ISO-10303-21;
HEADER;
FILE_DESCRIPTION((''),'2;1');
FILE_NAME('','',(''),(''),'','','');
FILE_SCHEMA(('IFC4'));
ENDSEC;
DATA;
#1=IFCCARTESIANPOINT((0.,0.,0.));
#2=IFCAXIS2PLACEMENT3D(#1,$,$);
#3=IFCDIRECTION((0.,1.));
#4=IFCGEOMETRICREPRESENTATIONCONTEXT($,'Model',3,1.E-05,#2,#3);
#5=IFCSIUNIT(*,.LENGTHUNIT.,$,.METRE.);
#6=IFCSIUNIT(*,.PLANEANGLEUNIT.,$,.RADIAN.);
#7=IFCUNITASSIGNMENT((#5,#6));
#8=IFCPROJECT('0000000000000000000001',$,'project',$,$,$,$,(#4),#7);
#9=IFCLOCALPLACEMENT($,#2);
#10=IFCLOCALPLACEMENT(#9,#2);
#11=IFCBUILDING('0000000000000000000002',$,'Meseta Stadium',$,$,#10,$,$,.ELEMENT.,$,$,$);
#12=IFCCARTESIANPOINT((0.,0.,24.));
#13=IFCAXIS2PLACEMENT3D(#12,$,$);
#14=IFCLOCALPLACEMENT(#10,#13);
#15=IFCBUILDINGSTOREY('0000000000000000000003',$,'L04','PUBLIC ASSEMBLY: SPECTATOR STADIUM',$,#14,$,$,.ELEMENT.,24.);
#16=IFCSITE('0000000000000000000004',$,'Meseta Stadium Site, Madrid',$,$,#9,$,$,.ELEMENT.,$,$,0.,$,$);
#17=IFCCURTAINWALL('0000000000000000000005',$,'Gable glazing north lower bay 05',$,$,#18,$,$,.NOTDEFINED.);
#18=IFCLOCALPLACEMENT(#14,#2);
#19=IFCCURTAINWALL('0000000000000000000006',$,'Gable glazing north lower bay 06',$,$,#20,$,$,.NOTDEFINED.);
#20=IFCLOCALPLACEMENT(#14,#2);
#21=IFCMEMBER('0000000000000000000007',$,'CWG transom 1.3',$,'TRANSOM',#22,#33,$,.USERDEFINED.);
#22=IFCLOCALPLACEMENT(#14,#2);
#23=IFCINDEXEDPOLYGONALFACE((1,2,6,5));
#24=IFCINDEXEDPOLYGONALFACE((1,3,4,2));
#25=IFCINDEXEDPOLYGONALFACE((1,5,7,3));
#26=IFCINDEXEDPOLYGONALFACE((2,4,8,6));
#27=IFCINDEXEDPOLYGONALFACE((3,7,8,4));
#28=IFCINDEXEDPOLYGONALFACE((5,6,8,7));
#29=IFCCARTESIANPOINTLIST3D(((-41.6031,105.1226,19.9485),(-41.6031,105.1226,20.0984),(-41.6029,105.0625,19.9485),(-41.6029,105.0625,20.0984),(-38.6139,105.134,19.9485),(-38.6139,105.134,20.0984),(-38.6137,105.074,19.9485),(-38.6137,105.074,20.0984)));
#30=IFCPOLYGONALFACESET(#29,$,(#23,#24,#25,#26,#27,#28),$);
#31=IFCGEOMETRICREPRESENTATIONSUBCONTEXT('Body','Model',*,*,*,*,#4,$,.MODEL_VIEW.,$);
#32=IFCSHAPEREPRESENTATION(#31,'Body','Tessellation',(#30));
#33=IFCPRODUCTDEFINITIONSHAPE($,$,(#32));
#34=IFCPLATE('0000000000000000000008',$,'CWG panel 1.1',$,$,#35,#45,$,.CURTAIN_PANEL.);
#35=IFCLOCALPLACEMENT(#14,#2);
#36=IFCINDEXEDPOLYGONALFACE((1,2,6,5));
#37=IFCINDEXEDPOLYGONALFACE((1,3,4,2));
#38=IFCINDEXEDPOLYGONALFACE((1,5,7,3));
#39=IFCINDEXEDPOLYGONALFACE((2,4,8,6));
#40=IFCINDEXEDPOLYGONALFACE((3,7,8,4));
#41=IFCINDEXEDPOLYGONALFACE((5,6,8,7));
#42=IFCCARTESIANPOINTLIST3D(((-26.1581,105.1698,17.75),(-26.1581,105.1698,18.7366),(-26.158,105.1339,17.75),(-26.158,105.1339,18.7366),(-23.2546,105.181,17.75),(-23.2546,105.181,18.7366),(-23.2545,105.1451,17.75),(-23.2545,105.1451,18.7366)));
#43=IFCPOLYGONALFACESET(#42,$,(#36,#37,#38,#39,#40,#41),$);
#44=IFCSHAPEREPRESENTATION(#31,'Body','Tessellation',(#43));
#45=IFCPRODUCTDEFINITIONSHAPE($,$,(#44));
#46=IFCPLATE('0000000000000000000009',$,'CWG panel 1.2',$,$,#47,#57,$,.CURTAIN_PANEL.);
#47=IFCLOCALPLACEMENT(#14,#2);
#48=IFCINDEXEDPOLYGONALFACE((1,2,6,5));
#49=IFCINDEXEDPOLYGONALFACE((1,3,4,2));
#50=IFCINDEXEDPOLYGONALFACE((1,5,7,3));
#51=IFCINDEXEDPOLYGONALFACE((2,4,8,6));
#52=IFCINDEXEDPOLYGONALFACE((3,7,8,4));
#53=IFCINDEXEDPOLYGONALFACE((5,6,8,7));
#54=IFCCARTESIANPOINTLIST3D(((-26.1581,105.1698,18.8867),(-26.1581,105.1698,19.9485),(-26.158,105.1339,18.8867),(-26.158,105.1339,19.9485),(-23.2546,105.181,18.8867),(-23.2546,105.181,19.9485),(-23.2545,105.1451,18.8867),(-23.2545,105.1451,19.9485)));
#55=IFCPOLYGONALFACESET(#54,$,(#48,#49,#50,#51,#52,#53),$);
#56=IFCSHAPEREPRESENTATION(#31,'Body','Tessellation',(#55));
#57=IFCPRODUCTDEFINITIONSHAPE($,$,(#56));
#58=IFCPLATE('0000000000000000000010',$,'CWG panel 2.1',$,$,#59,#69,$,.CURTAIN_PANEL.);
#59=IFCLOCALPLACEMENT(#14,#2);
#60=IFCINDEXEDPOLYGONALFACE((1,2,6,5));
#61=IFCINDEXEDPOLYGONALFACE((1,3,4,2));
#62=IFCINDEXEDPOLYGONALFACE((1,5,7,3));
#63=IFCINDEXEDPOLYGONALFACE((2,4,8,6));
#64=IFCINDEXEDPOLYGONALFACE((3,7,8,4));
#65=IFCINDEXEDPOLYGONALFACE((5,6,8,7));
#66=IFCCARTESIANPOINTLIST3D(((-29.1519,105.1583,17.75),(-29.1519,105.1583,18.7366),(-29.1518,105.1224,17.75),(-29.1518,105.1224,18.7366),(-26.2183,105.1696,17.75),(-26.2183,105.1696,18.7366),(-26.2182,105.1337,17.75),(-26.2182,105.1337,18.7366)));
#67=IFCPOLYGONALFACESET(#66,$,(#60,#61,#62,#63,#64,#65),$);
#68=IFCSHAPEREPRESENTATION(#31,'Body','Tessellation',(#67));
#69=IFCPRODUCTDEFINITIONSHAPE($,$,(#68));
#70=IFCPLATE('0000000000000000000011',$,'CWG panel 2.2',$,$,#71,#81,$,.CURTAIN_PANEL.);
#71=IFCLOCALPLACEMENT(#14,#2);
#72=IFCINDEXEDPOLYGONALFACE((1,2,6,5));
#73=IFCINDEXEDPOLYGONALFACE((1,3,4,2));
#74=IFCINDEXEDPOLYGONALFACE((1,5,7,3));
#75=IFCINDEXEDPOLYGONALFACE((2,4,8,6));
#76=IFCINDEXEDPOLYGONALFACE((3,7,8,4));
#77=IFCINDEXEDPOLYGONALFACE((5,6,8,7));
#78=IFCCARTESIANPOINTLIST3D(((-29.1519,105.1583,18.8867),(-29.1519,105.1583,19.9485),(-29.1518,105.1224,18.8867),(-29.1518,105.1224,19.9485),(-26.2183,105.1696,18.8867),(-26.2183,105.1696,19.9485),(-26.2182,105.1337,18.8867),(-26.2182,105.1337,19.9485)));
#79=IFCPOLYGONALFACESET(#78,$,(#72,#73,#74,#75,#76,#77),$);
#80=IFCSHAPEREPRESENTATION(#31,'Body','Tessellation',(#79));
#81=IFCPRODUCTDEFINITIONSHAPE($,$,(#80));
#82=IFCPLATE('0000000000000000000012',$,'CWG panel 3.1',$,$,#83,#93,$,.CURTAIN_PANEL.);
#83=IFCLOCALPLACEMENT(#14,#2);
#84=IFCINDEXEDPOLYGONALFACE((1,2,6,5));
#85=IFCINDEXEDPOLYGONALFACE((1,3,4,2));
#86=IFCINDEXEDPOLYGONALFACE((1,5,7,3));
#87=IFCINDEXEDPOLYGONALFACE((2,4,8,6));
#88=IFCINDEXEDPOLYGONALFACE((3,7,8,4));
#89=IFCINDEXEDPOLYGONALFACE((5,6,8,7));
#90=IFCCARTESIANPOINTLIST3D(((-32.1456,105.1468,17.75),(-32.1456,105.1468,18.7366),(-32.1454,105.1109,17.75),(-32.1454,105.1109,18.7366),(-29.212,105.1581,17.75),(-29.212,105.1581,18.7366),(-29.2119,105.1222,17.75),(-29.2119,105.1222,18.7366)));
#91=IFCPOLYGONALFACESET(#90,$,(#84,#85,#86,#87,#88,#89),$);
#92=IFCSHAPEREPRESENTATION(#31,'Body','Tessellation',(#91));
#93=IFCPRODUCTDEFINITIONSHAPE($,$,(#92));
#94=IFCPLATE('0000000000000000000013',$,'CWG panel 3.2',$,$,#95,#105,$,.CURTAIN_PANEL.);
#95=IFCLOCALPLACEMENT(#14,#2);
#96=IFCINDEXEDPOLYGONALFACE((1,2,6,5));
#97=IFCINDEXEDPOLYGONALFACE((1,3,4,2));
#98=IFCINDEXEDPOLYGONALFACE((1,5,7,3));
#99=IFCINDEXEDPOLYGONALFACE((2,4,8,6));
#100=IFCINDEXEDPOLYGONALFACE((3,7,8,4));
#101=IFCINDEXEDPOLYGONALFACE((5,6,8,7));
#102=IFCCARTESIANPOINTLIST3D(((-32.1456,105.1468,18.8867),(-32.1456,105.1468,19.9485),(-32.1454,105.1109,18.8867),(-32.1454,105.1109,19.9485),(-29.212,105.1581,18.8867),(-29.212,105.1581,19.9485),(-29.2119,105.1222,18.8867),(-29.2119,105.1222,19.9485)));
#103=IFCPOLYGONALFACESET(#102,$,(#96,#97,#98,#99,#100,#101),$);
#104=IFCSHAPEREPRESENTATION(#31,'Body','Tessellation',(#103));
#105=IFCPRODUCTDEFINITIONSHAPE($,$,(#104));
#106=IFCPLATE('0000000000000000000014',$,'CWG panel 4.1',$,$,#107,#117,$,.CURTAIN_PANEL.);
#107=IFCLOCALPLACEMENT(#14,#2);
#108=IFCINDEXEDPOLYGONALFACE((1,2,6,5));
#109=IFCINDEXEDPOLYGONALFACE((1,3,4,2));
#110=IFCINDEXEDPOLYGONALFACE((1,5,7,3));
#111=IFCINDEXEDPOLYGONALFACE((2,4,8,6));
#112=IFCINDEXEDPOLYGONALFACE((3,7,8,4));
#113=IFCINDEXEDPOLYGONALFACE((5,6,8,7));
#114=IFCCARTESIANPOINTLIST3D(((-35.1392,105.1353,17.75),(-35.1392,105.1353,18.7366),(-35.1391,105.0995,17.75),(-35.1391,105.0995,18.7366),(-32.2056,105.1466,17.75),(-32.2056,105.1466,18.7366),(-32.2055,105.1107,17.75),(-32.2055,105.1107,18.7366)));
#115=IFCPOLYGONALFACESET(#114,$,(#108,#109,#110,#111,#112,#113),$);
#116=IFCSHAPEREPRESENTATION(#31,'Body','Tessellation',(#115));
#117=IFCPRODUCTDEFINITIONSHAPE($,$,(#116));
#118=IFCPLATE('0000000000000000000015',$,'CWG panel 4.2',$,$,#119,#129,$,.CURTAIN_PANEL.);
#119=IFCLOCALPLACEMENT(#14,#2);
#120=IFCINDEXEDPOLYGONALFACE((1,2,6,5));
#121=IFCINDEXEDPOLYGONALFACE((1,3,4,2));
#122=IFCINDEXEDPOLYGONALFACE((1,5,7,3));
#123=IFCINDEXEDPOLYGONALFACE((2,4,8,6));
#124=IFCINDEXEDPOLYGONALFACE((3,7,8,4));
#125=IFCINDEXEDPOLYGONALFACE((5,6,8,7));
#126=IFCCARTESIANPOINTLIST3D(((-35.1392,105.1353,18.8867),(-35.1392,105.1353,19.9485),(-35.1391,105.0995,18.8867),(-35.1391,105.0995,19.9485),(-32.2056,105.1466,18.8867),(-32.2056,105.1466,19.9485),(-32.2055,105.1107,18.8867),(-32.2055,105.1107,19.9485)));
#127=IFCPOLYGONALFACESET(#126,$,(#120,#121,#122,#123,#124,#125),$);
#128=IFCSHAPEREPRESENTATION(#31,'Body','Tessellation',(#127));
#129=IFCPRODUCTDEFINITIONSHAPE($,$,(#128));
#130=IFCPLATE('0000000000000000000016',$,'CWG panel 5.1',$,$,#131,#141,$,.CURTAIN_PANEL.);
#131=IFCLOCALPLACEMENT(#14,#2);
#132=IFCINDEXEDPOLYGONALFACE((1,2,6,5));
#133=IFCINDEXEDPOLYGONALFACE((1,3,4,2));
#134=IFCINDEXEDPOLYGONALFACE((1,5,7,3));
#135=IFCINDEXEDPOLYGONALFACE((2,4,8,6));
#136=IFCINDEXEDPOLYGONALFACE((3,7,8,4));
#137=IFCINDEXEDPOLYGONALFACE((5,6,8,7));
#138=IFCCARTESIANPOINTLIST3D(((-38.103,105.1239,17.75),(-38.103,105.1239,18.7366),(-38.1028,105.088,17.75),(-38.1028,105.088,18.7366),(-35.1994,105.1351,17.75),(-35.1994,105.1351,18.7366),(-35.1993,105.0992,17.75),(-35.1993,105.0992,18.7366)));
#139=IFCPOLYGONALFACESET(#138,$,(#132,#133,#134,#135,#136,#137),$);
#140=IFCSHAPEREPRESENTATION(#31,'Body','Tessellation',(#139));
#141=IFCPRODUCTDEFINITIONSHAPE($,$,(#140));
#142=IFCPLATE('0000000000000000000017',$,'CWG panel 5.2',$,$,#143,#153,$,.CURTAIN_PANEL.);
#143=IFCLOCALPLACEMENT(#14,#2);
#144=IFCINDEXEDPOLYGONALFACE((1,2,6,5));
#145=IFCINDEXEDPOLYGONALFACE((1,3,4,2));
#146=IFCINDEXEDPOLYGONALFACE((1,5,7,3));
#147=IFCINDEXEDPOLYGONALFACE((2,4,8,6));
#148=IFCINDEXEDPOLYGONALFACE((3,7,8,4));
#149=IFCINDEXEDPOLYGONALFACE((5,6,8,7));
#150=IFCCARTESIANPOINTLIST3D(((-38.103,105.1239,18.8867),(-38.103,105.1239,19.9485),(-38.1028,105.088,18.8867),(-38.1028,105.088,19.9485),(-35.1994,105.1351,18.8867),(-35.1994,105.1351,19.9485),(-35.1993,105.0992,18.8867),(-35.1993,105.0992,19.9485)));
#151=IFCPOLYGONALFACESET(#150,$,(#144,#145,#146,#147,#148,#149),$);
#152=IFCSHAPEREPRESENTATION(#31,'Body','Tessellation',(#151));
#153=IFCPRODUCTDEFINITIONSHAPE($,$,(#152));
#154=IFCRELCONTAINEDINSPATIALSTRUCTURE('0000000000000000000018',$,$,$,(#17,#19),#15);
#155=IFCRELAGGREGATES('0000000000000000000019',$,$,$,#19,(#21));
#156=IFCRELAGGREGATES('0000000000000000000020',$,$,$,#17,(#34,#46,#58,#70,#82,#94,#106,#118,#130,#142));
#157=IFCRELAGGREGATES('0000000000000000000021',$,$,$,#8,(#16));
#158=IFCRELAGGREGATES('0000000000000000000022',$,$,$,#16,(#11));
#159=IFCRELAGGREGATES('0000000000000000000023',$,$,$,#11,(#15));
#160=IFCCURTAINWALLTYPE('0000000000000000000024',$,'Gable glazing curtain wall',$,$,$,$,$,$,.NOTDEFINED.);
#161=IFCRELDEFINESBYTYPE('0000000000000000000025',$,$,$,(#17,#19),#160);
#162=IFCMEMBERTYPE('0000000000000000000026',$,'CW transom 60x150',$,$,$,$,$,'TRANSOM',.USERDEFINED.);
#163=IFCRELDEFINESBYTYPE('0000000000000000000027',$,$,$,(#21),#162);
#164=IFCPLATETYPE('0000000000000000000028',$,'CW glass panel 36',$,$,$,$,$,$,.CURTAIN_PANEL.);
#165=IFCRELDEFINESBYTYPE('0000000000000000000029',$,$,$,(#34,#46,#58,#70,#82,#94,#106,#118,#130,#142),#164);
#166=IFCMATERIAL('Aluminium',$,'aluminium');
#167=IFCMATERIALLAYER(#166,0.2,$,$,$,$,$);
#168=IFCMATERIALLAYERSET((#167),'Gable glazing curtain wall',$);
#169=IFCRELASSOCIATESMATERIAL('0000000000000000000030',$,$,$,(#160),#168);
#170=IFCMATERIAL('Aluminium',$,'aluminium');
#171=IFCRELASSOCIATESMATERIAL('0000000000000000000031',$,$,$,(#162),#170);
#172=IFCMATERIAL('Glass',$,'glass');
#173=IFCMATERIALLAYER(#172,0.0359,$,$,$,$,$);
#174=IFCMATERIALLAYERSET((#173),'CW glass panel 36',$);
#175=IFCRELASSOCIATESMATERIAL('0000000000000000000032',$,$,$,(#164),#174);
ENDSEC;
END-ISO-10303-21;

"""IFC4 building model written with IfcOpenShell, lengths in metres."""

from ifc_helpers import new_model, si_unit, direction, frame, origin, origin_2d, place, context, subcontext, project, spatial, rectangle, extrude, material, layer, layer_set, material_profile, profile_set, type_object, element, aggregate, save


model = new_model("IFC4")

# Units and contexts
model_context = context("Model", 3, precision=1e-05, world=origin(), true_north=direction((0.0, 1.0)))
body_context = subcontext(model_context, "Body", "Model", "MODEL_VIEW")
ifc_project = project(units=[si_unit("LENGTHUNIT", "METRE"), si_unit("PLANEANGLEUNIT", "RADIAN")], contexts=[model_context])

# Site, building, storey
site_placement = place(None, origin())
site = spatial("IfcSite", under=ifc_project, at=site_placement, Name="Meseta Stadium Site, Madrid", CompositionType="ELEMENT", RefElevation=0.0)
building_placement = place(site_placement, origin())
building = spatial("IfcBuilding", under=site, at=building_placement, Name="Meseta Stadium", CompositionType="ELEMENT")
storey_placement = place(building_placement, frame((0.0, 0.0, 24.0)))
storey = spatial("IfcBuildingStorey", under=building, at=storey_placement, Name="L04", Description="PUBLIC ASSEMBLY: SPECTATOR STADIUM", CompositionType="ELEMENT", Elevation=24.0)

# Curtain walls, member
ifc_material_1 = material(Name="Aluminium", Category="aluminium")
ifc_layer_1 = layer(ifc_material_1, 0.2)
ifc_layer_set_1 = layer_set([ifc_layer_1], Name="Gable glazing curtain wall")
curtain_wall_type = type_object("IfcCurtainWallType", Name="Gable glazing curtain wall", PredefinedType="NOTDEFINED", material=ifc_layer_set_1)
curtain_wall_1_placement = place(storey_placement, origin())
curtain_wall_1 = element("IfcCurtainWall", 1, at=curtain_wall_1_placement, inside=storey, type_object=curtain_wall_type, Name="Gable glazing north lower bay 05", PredefinedType="NOTDEFINED")
ifc_material_2 = material(Name="Aluminium", Category="aluminium")
ifc_material_profile = material_profile(ifc_material_2, rectangle(XDim=0.0601, YDim=0.1499, at=origin_2d()), Name="CW 60x150")
ifc_profile_set = profile_set([ifc_material_profile], Name="Aluminium")
member_type = type_object("IfcMemberType", Name="CW transom 60x150", ElementType="TRANSOM", PredefinedType="USERDEFINED", material=ifc_profile_set)
curtain_wall_2_placement = place(storey_placement, origin())
curtain_wall_2 = element("IfcCurtainWall", 2, at=curtain_wall_2_placement, inside=storey, type_object=curtain_wall_type, Name="Gable glazing north lower bay 06", PredefinedType="NOTDEFINED")
member_1_placement = place(storey_placement, frame((-38.6138, 105.104, 20.0234), z_axis=(-0.999993, -0.003839, 0.0), x_axis=(0.003839, -0.999993, 0.0)))
member_1 = element("IfcMember", 3, at=member_1_placement, type_object=member_type, Name="CWG transom 1.3", ObjectType="TRANSOM", PredefinedType="USERDEFINED", context=body_context, shape_type="SweptSolid", body=[
    extrude(rectangle(XDim=0.0601, YDim=0.1499, at=origin_2d()), origin(), (0.0, 0.0, 1.0), 2.9893),
])
aggregate(curtain_wall_2, [member_1])

# Plates
ifc_material_3 = material(Name="Glass", Category="glass")
ifc_layer_2 = layer(ifc_material_3, 0.0359)
ifc_layer_set_2 = layer_set([ifc_layer_2], Name="CW glass panel 36")
plate_type = type_object("IfcPlateType", Name="CW glass panel 36", PredefinedType="CURTAIN_PANEL", material=ifc_layer_set_2)
plate_1_placement = place(storey_placement, frame((-24.7063, 105.1575, 17.75), z_axis=(0.0, 0.0, 1.0), x_axis=(-0.999993, -0.003848, 0.0)))
plate_1 = element("IfcPlate", 4, at=plate_1_placement, type_object=plate_type, Name="CWG panel 1.1", PredefinedType="CURTAIN_PANEL", context=body_context, shape_type="SweptSolid", body=[
    extrude(rectangle(XDim=2.9036, YDim=0.0359, at=origin_2d()), origin(), (0.0, 0.0, 1.0), 0.9866),
])
plate_2_placement = place(storey_placement, frame((-24.7063, 105.1575, 18.8867), z_axis=(0.0, 0.0, 1.0), x_axis=(-0.999993, -0.003848, 0.0)))
plate_2 = element("IfcPlate", 5, at=plate_2_placement, type_object=plate_type, Name="CWG panel 1.2", PredefinedType="CURTAIN_PANEL", context=body_context, shape_type="SweptSolid", body=[
    extrude(rectangle(XDim=2.9036, YDim=0.0359, at=origin_2d()), origin(), (0.0, 0.0, 1.0), 1.0618),
])
plate_3_placement = place(storey_placement, frame((-27.6851, 105.146, 17.75), z_axis=(0.0, 0.0, 1.0), x_axis=(-0.999993, -0.003848, 0.0)))
plate_3 = element("IfcPlate", 6, at=plate_3_placement, type_object=plate_type, Name="CWG panel 2.1", PredefinedType="CURTAIN_PANEL", context=body_context, shape_type="SweptSolid", body=[
    extrude(rectangle(XDim=2.9336, YDim=0.0359, at=origin_2d()), origin(), (0.0, 0.0, 1.0), 0.9866),
])
plate_4_placement = place(storey_placement, frame((-27.6851, 105.146, 18.8867), z_axis=(0.0, 0.0, 1.0), x_axis=(-0.999993, -0.003848, 0.0)))
plate_4 = element("IfcPlate", 7, at=plate_4_placement, type_object=plate_type, Name="CWG panel 2.2", PredefinedType="CURTAIN_PANEL", context=body_context, shape_type="SweptSolid", body=[
    extrude(rectangle(XDim=2.9336, YDim=0.0359, at=origin_2d()), origin(), (0.0, 0.0, 1.0), 1.0618),
])
plate_5_placement = place(storey_placement, frame((-30.6787, 105.1345, 17.75), z_axis=(0.0, 0.0, 1.0), x_axis=(-0.999993, -0.003848, 0.0)))
plate_5 = element("IfcPlate", 8, at=plate_5_placement, type_object=plate_type, Name="CWG panel 3.1", PredefinedType="CURTAIN_PANEL", context=body_context, shape_type="SweptSolid", body=[
    extrude(rectangle(XDim=2.9336, YDim=0.0359, at=origin_2d()), origin(), (0.0, 0.0, 1.0), 0.9866),
])
plate_6_placement = place(storey_placement, frame((-30.6787, 105.1345, 18.8867), z_axis=(0.0, 0.0, 1.0), x_axis=(-0.999993, -0.003848, 0.0)))
plate_6 = element("IfcPlate", 9, at=plate_6_placement, type_object=plate_type, Name="CWG panel 3.2", PredefinedType="CURTAIN_PANEL", context=body_context, shape_type="SweptSolid", body=[
    extrude(rectangle(XDim=2.9336, YDim=0.0359, at=origin_2d()), origin(), (0.0, 0.0, 1.0), 1.0618),
])
plate_7_placement = place(storey_placement, frame((-33.6724, 105.123, 17.75), z_axis=(0.0, 0.0, 1.0), x_axis=(-0.999993, -0.003848, 0.0)))
plate_7 = element("IfcPlate", 10, at=plate_7_placement, type_object=plate_type, Name="CWG panel 4.1", PredefinedType="CURTAIN_PANEL", context=body_context, shape_type="SweptSolid", body=[
    extrude(rectangle(XDim=2.9336, YDim=0.0359, at=origin_2d()), origin(), (0.0, 0.0, 1.0), 0.9866),
])
plate_8_placement = place(storey_placement, frame((-33.6724, 105.123, 18.8867), z_axis=(0.0, 0.0, 1.0), x_axis=(-0.999993, -0.003848, 0.0)))
plate_8 = element("IfcPlate", 11, at=plate_8_placement, type_object=plate_type, Name="CWG panel 4.2", PredefinedType="CURTAIN_PANEL", context=body_context, shape_type="SweptSolid", body=[
    extrude(rectangle(XDim=2.9336, YDim=0.0359, at=origin_2d()), origin(), (0.0, 0.0, 1.0), 1.0618),
])
plate_9_placement = place(storey_placement, frame((-36.6511, 105.1116, 17.75), z_axis=(0.0, 0.0, 1.0), x_axis=(-0.999993, -0.003848, 0.0)))
plate_9 = element("IfcPlate", 12, at=plate_9_placement, type_object=plate_type, Name="CWG panel 5.1", PredefinedType="CURTAIN_PANEL", context=body_context, shape_type="SweptSolid", body=[
    extrude(rectangle(XDim=2.9036, YDim=0.0359, at=origin_2d()), origin(), (0.0, 0.0, 1.0), 0.9866),
])
plate_10_placement = place(storey_placement, frame((-36.6511, 105.1116, 18.8867), z_axis=(0.0, 0.0, 1.0), x_axis=(-0.999993, -0.003848, 0.0)))
plate_10 = element("IfcPlate", 13, at=plate_10_placement, type_object=plate_type, Name="CWG panel 5.2", PredefinedType="CURTAIN_PANEL", context=body_context, shape_type="SweptSolid", body=[
    extrude(rectangle(XDim=2.9036, YDim=0.0359, at=origin_2d()), origin(), (0.0, 0.0, 1.0), 1.0618),
])
aggregate(curtain_wall_1, [plate_1, plate_2, plate_3, plate_4, plate_5, plate_6, plate_7, plate_8, plate_9, plate_10])

save(model, "model.ifc")
